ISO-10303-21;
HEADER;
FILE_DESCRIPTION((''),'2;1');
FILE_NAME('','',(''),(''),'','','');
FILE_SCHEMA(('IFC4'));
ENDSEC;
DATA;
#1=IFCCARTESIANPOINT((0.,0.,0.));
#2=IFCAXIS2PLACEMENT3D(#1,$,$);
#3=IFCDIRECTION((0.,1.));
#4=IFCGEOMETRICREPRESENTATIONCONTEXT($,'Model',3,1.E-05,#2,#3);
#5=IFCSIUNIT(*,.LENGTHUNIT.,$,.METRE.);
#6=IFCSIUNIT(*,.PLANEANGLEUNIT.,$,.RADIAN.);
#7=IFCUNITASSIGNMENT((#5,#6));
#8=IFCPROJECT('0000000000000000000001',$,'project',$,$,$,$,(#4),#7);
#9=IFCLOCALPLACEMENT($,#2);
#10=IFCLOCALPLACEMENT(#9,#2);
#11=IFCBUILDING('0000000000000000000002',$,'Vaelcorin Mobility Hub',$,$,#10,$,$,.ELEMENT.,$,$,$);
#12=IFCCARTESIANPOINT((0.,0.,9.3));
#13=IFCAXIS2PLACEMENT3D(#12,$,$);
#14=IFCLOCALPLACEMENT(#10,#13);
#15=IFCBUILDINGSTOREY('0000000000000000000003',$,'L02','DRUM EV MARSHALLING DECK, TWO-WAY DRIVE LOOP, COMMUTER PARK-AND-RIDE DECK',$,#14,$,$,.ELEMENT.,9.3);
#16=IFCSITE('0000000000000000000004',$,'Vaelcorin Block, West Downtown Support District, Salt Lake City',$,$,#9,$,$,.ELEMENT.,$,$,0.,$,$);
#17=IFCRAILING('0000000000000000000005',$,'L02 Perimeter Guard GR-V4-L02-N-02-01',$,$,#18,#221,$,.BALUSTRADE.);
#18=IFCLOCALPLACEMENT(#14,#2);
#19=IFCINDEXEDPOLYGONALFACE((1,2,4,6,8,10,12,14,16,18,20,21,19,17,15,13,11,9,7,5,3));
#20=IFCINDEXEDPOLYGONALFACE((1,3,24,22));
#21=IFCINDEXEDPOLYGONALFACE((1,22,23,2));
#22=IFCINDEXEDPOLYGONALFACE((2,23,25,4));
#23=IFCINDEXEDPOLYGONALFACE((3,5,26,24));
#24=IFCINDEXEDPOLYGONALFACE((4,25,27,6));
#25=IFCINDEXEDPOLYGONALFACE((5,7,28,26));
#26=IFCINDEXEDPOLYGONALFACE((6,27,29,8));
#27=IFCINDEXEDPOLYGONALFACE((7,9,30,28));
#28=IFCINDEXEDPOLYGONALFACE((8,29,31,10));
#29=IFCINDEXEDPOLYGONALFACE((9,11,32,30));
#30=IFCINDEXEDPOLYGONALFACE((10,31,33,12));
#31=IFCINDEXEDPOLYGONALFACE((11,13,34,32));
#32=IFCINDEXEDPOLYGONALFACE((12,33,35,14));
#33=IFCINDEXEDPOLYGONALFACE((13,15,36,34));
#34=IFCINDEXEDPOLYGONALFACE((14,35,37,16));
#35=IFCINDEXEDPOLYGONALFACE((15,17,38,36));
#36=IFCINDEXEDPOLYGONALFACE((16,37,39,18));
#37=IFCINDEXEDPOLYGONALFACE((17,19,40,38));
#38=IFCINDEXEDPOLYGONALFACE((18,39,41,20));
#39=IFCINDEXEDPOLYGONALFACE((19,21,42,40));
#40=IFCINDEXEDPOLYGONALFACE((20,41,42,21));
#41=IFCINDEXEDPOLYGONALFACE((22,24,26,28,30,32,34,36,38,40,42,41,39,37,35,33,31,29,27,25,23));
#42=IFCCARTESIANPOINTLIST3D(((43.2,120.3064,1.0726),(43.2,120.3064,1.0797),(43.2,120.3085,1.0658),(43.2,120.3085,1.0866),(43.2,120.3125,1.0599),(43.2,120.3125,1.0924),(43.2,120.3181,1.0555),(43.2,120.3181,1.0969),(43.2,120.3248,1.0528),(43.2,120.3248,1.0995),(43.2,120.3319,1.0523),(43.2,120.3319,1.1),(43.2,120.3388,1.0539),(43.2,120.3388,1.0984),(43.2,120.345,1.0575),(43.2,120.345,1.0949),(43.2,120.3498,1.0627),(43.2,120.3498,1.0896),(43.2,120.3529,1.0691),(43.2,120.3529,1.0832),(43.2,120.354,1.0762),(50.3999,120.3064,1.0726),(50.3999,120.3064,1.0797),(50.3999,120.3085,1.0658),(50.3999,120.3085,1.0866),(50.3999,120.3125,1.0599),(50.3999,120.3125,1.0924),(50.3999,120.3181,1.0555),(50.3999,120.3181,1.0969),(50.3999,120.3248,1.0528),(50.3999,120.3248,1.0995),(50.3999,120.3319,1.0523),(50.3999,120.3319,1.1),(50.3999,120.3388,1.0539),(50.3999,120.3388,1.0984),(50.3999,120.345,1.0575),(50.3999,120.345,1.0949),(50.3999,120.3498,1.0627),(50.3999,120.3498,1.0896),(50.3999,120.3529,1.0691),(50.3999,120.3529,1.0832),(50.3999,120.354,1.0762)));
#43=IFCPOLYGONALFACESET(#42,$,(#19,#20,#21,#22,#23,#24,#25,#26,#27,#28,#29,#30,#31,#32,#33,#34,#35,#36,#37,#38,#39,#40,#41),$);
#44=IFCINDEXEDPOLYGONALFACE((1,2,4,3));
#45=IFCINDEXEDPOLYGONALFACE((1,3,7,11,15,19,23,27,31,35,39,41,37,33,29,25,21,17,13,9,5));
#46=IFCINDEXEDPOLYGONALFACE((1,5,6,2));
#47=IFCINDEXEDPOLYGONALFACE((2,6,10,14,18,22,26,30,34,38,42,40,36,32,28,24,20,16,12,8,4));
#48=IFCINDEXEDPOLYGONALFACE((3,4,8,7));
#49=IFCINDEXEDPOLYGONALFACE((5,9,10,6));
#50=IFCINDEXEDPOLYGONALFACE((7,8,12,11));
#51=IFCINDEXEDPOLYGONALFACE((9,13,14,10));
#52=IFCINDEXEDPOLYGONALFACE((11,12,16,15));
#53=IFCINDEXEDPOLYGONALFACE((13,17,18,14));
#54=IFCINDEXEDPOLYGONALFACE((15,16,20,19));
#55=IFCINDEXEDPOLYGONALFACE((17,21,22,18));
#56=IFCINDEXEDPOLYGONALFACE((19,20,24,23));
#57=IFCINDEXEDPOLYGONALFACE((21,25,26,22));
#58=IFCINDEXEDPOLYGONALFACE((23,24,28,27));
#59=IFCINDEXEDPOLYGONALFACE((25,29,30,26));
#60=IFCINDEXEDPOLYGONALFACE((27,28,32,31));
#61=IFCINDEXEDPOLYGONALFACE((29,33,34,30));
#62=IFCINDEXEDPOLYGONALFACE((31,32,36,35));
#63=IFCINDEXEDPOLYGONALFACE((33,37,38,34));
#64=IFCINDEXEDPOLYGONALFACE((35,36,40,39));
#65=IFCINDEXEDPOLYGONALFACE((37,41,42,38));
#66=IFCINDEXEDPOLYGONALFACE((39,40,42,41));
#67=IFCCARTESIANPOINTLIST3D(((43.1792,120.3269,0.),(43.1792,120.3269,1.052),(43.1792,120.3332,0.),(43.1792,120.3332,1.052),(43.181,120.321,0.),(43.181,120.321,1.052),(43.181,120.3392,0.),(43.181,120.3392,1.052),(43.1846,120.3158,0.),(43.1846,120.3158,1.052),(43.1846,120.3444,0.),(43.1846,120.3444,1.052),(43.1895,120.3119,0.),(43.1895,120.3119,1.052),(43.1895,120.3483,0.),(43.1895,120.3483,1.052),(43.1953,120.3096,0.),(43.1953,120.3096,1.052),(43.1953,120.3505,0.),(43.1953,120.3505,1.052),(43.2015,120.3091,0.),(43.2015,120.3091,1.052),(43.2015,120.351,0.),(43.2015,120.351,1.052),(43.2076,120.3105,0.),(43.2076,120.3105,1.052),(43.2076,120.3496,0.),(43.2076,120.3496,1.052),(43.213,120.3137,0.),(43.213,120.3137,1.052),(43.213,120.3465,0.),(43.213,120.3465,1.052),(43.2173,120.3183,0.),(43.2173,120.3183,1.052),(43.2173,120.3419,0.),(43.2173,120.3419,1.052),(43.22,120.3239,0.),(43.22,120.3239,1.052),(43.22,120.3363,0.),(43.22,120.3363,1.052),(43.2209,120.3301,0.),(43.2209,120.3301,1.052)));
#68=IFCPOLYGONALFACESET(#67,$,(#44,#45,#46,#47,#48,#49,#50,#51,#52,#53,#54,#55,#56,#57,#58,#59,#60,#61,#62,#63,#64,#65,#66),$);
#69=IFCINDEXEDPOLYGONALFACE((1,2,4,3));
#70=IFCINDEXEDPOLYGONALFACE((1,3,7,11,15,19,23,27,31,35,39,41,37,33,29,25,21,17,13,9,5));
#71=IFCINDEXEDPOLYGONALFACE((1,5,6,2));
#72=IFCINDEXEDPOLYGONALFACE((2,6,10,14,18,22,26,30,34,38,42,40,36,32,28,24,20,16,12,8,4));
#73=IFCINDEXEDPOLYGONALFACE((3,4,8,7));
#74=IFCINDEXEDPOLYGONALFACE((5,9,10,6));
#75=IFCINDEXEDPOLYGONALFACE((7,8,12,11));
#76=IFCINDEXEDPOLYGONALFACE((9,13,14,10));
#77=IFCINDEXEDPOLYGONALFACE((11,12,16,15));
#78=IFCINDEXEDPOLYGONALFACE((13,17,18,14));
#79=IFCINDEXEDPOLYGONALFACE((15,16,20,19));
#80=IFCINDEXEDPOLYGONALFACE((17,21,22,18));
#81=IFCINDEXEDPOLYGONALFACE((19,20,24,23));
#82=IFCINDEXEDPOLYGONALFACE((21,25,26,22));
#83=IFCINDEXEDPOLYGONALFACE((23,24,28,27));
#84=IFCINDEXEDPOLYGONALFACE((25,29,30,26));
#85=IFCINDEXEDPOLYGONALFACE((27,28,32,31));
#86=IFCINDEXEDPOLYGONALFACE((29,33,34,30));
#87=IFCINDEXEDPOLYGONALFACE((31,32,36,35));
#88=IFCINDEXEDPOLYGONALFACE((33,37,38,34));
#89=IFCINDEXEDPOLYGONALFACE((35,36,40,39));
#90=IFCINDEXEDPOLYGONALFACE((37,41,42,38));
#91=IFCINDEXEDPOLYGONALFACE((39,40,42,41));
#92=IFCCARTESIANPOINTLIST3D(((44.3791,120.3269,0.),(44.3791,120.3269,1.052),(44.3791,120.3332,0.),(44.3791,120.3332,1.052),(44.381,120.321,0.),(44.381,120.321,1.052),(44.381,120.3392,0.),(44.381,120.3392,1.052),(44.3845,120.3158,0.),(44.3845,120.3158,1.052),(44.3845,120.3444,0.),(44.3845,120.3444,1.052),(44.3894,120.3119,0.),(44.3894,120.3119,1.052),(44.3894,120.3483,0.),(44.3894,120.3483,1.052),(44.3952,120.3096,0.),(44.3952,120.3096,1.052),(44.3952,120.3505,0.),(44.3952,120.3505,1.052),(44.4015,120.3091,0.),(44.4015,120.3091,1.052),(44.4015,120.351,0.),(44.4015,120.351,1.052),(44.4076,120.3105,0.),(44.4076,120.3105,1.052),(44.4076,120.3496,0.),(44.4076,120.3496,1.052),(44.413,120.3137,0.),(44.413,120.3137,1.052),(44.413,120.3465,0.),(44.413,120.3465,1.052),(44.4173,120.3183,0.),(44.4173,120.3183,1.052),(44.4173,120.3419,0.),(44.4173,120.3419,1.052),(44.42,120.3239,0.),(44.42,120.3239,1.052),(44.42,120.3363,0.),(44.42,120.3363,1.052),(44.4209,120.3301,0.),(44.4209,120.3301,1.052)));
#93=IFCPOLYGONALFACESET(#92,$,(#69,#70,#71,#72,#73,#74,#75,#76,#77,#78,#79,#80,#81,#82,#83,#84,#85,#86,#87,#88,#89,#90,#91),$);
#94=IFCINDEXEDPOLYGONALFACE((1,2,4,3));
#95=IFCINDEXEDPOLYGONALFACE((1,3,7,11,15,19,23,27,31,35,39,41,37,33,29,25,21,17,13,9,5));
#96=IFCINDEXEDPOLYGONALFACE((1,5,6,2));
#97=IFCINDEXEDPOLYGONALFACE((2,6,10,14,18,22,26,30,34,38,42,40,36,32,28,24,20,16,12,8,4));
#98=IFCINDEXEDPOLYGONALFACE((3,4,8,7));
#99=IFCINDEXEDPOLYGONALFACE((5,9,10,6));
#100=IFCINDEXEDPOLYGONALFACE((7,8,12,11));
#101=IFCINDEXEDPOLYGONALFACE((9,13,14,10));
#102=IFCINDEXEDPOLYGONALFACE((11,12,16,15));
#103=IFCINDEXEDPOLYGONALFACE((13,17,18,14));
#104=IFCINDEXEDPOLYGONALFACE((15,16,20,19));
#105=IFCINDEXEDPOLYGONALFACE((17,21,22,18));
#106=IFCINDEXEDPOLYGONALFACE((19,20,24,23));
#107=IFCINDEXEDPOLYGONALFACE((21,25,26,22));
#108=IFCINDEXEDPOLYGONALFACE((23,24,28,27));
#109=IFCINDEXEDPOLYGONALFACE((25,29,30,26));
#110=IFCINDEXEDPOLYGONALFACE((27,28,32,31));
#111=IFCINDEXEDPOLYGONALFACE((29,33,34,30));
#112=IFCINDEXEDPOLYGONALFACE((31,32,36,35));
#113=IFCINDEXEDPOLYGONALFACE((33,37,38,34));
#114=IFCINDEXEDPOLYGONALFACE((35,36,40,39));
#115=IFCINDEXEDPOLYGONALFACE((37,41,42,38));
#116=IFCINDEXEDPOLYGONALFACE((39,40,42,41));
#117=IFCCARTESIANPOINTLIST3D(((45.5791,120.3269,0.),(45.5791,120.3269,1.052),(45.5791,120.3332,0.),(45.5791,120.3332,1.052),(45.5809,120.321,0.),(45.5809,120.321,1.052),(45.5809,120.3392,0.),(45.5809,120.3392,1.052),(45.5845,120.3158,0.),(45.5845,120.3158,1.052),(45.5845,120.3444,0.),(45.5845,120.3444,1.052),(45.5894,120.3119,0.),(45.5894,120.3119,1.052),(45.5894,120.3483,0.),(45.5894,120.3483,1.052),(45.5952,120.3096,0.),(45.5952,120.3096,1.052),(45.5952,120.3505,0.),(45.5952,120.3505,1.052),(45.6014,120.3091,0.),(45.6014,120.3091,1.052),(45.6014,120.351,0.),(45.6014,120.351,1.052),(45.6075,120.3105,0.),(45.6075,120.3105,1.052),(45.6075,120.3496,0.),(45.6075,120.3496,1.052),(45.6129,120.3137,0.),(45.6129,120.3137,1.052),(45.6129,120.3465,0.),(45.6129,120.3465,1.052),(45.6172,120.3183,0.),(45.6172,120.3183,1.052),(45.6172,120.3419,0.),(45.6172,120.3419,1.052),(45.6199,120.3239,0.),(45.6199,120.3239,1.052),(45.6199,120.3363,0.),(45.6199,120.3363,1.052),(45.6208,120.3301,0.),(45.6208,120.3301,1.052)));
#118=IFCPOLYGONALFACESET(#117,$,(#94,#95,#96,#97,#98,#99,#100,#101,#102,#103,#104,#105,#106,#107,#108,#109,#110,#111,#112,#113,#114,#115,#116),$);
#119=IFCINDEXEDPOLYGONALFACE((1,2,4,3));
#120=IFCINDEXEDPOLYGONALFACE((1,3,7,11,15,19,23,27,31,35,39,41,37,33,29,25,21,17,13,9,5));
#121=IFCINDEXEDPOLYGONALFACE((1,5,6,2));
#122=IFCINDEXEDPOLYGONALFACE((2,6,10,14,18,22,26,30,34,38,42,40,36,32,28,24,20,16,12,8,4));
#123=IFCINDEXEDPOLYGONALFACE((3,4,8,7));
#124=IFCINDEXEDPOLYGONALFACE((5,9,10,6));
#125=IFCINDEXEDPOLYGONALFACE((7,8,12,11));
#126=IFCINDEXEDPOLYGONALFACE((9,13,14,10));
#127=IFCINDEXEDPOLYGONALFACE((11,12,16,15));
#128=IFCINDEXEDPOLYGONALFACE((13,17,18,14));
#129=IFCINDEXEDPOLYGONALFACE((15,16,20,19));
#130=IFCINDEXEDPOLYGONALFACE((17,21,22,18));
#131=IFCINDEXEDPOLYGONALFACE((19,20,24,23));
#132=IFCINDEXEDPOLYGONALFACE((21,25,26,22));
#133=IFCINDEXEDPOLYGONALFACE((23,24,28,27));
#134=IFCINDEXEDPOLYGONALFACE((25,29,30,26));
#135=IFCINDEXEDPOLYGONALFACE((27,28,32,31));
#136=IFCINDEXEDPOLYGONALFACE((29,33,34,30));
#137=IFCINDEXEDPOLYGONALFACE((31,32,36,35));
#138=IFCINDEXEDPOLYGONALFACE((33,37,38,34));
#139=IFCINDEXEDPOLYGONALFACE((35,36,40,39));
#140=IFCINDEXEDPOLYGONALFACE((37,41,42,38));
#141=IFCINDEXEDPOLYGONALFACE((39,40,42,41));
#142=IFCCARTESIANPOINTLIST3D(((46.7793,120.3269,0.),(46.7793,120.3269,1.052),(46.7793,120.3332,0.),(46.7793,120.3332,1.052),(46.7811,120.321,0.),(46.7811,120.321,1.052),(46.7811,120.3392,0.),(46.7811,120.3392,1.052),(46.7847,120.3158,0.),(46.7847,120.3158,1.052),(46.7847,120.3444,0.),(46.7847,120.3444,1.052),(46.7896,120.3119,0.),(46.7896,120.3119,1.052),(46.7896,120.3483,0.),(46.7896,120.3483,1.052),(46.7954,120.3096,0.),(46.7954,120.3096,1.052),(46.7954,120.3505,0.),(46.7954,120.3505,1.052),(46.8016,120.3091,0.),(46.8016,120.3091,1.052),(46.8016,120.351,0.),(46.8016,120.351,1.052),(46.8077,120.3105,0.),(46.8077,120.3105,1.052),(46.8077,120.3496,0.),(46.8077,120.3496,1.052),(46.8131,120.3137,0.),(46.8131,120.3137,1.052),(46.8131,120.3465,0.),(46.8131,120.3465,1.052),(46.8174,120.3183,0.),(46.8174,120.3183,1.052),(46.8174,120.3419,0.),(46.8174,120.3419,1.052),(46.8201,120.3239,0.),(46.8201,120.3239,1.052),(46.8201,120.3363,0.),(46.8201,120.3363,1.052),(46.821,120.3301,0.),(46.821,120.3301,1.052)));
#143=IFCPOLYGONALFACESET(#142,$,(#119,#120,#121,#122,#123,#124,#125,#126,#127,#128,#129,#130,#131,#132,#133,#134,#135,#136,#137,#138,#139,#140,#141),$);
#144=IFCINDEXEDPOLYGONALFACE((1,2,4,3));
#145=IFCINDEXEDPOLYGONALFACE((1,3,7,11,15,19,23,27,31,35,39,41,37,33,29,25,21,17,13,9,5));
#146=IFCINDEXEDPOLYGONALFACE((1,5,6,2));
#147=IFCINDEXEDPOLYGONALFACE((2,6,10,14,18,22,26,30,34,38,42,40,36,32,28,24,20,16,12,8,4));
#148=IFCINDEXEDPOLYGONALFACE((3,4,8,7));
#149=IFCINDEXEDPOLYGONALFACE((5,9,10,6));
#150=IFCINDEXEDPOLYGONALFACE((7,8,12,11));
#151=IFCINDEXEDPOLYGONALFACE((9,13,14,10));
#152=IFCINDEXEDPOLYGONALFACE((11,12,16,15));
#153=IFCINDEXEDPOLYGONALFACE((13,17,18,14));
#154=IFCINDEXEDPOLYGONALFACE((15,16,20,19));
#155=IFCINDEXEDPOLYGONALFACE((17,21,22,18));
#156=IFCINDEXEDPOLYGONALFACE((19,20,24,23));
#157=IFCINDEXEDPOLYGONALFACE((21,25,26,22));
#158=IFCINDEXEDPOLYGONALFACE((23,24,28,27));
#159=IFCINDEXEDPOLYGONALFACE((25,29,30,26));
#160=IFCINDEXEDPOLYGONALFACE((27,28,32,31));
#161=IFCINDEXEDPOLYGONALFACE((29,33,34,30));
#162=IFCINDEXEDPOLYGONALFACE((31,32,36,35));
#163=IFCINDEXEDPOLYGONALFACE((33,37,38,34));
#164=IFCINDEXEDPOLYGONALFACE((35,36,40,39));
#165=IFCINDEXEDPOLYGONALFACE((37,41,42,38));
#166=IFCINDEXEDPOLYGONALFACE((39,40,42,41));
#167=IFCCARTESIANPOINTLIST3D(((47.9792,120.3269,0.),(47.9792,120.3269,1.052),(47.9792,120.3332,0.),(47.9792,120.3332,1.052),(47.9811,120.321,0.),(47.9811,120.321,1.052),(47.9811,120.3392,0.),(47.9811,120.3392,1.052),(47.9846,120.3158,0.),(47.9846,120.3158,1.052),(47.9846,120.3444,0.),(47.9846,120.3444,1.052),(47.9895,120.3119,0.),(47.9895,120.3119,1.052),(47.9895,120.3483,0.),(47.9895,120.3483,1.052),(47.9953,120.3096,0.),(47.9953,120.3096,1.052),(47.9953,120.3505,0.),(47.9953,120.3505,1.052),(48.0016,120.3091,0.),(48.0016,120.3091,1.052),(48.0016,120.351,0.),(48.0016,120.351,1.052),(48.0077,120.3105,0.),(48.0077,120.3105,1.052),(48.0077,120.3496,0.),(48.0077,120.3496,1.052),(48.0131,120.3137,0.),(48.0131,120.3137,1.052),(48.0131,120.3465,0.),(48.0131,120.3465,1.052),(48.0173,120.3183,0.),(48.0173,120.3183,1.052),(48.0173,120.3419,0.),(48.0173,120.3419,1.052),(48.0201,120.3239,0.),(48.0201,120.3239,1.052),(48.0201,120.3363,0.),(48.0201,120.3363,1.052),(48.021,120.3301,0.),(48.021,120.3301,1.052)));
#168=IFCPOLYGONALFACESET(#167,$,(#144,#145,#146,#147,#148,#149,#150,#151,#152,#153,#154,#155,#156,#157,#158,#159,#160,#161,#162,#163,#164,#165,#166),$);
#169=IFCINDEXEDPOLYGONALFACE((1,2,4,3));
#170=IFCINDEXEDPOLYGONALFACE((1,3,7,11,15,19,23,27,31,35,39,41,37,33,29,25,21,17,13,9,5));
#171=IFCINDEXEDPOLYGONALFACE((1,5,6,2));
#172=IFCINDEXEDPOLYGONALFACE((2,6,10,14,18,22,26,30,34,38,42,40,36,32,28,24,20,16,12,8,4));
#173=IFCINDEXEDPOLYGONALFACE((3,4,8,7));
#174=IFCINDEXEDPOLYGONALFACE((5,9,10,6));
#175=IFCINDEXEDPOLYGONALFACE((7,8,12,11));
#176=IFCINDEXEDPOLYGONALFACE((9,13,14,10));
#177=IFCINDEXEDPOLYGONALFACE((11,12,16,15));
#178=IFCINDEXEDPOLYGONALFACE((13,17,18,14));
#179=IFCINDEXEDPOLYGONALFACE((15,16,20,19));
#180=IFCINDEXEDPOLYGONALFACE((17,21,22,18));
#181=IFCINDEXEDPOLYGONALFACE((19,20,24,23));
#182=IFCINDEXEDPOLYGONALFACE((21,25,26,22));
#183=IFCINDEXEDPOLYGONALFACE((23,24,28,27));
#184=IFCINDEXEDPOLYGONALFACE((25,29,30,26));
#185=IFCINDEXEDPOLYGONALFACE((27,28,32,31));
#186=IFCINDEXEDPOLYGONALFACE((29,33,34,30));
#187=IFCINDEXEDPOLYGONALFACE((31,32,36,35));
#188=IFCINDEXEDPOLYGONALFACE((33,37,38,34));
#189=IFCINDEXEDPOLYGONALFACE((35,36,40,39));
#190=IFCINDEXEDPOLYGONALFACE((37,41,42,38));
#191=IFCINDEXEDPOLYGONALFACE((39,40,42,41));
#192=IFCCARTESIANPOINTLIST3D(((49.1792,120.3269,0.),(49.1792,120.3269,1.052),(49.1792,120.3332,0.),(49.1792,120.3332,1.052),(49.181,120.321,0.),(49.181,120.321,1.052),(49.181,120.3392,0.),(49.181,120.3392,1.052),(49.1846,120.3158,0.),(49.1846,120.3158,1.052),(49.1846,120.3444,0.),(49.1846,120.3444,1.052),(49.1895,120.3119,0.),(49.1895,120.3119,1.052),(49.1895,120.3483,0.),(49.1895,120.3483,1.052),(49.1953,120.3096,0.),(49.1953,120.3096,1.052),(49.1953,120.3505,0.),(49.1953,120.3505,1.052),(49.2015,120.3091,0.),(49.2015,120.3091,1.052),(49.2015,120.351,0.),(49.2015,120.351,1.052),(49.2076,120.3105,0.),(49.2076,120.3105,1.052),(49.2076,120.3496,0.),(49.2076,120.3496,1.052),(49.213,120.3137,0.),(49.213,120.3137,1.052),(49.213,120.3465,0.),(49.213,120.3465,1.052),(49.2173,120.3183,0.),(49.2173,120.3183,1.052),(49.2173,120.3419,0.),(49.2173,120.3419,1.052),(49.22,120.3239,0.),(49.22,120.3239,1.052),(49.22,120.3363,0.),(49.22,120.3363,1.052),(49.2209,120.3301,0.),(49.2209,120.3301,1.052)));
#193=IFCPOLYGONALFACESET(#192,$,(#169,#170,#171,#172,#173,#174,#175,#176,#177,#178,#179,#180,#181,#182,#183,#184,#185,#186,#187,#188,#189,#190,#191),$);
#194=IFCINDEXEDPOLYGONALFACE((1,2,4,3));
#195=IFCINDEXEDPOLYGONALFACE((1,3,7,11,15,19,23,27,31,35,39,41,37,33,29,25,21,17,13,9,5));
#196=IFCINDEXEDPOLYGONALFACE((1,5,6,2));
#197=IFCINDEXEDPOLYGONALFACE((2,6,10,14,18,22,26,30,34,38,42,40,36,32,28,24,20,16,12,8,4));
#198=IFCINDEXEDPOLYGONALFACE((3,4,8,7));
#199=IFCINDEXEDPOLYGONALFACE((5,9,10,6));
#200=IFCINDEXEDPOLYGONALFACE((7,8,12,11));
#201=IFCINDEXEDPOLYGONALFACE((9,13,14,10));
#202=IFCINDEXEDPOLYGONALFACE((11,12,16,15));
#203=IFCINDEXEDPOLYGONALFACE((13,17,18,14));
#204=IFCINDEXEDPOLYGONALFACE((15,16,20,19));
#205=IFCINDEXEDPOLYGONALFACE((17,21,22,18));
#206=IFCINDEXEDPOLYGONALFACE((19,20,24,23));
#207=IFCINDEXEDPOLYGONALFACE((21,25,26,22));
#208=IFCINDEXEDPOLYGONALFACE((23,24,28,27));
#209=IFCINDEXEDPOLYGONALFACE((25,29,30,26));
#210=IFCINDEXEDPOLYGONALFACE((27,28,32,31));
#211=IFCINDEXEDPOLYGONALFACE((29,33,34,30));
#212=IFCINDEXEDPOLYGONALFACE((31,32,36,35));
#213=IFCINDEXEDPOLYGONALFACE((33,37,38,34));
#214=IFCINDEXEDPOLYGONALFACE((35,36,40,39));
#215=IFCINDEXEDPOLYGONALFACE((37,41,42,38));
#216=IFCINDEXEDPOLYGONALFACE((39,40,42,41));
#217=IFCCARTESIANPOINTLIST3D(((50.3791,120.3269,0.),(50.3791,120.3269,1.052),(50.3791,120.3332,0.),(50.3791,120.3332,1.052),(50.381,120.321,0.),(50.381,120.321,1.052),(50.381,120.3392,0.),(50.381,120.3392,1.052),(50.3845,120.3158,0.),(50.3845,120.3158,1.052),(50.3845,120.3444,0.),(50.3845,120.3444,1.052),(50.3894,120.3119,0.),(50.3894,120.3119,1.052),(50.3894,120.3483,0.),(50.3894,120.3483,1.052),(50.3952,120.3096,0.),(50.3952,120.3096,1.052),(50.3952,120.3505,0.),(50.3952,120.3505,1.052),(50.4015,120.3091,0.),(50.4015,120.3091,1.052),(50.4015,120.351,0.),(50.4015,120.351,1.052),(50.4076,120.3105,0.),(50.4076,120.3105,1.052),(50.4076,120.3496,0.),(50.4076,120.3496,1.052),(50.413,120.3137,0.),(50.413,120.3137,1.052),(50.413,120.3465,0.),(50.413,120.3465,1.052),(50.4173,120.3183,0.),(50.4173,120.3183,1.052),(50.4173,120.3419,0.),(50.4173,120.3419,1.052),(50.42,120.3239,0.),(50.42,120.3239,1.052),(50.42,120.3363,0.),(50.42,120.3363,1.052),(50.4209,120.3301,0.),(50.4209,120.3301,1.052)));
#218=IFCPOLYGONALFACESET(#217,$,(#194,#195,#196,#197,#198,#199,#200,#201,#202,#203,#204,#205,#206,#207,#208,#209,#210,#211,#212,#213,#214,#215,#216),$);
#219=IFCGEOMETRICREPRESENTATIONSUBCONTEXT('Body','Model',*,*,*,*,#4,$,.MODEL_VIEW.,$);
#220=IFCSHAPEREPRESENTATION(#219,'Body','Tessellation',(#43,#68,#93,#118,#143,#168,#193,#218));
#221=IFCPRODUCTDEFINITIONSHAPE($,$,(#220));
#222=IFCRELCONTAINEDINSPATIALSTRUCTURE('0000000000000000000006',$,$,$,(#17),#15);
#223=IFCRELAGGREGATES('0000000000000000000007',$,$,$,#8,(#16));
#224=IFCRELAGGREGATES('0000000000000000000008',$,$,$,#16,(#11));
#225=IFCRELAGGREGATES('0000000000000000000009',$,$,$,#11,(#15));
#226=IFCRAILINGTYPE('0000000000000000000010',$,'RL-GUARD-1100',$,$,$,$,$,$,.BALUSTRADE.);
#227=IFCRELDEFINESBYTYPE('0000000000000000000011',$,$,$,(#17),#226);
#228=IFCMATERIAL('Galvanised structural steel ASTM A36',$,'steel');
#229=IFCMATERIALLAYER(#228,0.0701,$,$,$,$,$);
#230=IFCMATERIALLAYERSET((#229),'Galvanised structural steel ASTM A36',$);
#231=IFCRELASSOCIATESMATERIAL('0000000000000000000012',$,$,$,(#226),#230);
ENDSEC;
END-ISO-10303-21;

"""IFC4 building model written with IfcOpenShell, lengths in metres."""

from ifc_helpers import new_model, si_unit, direction, frame, origin, origin_2d, place, context, subcontext, project, spatial, circle, extrude, material, layer, layer_set, type_object, element, save


model = new_model("IFC4")

# Units and contexts
model_context = context("Model", 3, precision=1e-05, world=origin(), true_north=direction((0.0, 1.0)))
body_context = subcontext(model_context, "Body", "Model", "MODEL_VIEW")
ifc_project = project(units=[si_unit("LENGTHUNIT", "METRE"), si_unit("PLANEANGLEUNIT", "RADIAN")], contexts=[model_context])

# Site, building, storey
site_placement = place(None, origin())
site = spatial("IfcSite", under=ifc_project, at=site_placement, Name="Vaelcorin Block, West Downtown Support District, Salt Lake City", CompositionType="ELEMENT", RefElevation=0.0)
building_placement = place(site_placement, origin())
building = spatial("IfcBuilding", under=site, at=building_placement, Name="Vaelcorin Mobility Hub", CompositionType="ELEMENT")
storey_placement = place(building_placement, frame((0.0, 0.0, 9.3)))
storey = spatial("IfcBuildingStorey", under=building, at=storey_placement, Name="L02", Description="DRUM EV MARSHALLING DECK, TWO-WAY DRIVE LOOP, COMMUTER PARK-AND-RIDE DECK", CompositionType="ELEMENT", Elevation=9.3)

# Railing
ifc_material_1 = material(Name="Galvanised structural steel ASTM A36", Category="steel")
ifc_layer_1 = layer(ifc_material_1, 0.0701)
ifc_layer_set_1 = layer_set([ifc_layer_1], Name="Galvanised structural steel ASTM A36")
railing_type_1 = type_object("IfcRailingType", Name="RL-GUARD-1100", PredefinedType="BALUSTRADE", material=ifc_layer_set_1)
railing_1_placement = place(storey_placement, frame((43.2, 120.3301, 0.0)))
element("IfcRailing", 1, at=railing_1_placement, inside=storey, type_object=railing_type_1, Name="L02 Perimeter Guard GR-V4-L02-N-02-01", PredefinedType="BALUSTRADE", context=body_context, shape_type="SweptSolid", body=[
    extrude(circle(Radius=0.0239, at=origin_2d()), frame((0.0, 0.0, 1.0762), z_axis=(1.0, 0.0, 0.0), x_axis=(0.0, 1.0, 0.0)), (0.0, 0.0, 1.0), 7.2),
    extrude(circle(Radius=0.021, at=origin_2d()), origin(), (0.0, 0.0, 1.0), 1.052),
    extrude(circle(Radius=0.021, at=origin_2d()), frame((1.2, 0.0, 0.0)), (0.0, 0.0, 1.0), 1.052),
    extrude(circle(Radius=0.021, at=origin_2d()), frame((2.3999, 0.0, 0.0)), (0.0, 0.0, 1.0), 1.052),
    extrude(circle(Radius=0.021, at=origin_2d()), frame((3.6001, 0.0, 0.0)), (0.0, 0.0, 1.0), 1.052),
    extrude(circle(Radius=0.021, at=origin_2d()), frame((4.8, 0.0, 0.0)), (0.0, 0.0, 1.0), 1.052),
    extrude(circle(Radius=0.021, at=origin_2d()), frame((6.0, 0.0, 0.0)), (0.0, 0.0, 1.0), 1.052),
    extrude(circle(Radius=0.021, at=origin_2d()), frame((7.2, 0.0, 0.0)), (0.0, 0.0, 1.0), 1.052),
])

save(model, "model.ifc")
